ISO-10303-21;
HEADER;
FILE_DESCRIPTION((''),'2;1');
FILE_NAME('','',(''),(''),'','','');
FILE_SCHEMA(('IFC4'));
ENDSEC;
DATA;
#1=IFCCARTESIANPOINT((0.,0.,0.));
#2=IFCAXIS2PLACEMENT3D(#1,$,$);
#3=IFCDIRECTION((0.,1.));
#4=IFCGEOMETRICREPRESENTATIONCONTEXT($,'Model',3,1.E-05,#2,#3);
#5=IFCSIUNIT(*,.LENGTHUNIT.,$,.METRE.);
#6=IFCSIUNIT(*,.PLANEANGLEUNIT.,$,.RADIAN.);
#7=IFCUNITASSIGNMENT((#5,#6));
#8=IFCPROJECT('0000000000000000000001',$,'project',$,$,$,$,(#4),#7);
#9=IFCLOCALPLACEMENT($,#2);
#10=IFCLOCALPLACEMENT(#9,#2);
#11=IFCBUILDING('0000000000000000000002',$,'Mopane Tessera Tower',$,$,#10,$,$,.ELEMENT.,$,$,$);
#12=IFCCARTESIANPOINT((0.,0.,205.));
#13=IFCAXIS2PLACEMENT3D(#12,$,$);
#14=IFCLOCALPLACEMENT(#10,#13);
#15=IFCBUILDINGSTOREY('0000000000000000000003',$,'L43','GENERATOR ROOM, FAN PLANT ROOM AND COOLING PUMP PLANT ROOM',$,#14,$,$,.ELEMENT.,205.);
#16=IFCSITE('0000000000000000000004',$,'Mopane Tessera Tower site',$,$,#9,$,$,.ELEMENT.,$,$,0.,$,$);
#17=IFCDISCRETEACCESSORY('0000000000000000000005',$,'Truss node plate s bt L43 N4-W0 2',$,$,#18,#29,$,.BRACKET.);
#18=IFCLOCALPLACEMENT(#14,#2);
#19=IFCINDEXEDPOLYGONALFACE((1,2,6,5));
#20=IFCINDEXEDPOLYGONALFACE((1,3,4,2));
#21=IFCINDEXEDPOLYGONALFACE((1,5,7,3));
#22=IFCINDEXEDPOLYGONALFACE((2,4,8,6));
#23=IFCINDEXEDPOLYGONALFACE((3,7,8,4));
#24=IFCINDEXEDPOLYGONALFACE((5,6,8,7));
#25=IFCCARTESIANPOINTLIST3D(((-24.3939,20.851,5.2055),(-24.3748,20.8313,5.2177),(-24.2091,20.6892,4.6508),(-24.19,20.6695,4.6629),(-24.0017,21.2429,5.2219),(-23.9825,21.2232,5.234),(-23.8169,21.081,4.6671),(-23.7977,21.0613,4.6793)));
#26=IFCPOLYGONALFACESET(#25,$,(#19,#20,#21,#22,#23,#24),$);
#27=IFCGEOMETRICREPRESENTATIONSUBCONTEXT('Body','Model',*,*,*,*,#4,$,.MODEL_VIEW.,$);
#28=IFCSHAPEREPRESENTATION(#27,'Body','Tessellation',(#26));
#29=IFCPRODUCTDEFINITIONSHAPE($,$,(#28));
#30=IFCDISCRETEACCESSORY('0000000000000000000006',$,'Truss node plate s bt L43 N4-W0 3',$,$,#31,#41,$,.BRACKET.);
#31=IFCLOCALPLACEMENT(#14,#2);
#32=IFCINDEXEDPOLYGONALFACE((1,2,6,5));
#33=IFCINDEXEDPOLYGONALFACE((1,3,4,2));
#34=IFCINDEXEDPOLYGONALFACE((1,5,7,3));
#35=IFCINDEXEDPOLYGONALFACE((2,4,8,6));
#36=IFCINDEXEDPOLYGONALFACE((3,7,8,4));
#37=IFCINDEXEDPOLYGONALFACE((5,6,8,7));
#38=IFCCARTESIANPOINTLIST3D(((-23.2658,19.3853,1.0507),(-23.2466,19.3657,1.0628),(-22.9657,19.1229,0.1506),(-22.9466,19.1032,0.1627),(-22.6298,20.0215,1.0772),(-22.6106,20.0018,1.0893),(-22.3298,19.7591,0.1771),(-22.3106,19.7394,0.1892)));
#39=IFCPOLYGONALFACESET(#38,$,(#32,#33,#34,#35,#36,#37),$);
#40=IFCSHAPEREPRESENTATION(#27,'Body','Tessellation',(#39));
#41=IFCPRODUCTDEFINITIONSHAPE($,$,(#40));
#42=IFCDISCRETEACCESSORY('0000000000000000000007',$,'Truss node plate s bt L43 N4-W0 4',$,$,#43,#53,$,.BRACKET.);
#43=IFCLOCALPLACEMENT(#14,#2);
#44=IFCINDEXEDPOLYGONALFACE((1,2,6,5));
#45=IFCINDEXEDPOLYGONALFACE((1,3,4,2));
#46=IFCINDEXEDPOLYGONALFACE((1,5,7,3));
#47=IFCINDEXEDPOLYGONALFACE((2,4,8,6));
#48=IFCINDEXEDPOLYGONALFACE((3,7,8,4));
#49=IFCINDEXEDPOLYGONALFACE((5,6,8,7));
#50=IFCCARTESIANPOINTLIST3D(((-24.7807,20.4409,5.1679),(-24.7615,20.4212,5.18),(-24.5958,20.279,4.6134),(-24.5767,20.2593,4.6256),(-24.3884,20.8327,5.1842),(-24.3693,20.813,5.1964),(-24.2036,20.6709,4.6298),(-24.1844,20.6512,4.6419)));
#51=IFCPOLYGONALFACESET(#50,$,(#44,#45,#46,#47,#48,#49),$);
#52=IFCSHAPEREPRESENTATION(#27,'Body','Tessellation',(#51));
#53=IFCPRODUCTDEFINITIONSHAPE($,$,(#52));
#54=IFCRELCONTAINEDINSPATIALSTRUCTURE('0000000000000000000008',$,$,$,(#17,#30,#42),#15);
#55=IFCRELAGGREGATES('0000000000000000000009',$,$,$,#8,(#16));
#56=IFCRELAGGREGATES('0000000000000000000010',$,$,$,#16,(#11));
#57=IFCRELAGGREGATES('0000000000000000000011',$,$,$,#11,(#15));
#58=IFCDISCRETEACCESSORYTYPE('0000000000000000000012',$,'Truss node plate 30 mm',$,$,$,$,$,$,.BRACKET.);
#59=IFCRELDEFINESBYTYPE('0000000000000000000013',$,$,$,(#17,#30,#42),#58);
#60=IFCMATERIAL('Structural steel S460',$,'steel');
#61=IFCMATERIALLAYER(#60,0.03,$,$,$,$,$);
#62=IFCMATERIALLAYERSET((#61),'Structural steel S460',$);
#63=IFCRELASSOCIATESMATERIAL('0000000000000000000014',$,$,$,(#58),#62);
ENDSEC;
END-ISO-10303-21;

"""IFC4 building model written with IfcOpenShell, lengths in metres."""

from ifc_helpers import new_model, si_unit, direction, frame, origin, origin_2d, place, context, subcontext, project, spatial, rectangle, extrude, material, layer, layer_set, type_object, element, save


model = new_model("IFC4")

# Units and contexts
model_context = context("Model", 3, precision=1e-05, world=origin(), true_north=direction((0.0, 1.0)))
body_context = subcontext(model_context, "Body", "Model", "MODEL_VIEW")
ifc_project = project(units=[si_unit("LENGTHUNIT", "METRE"), si_unit("PLANEANGLEUNIT", "RADIAN")], contexts=[model_context])

# Site, building, storey
site_placement = place(None, origin())
site = spatial("IfcSite", under=ifc_project, at=site_placement, Name="Mopane Tessera Tower site", CompositionType="ELEMENT", RefElevation=0.0)
building_placement = place(site_placement, origin())
building = spatial("IfcBuilding", under=site, at=building_placement, Name="Mopane Tessera Tower", CompositionType="ELEMENT")
storey_placement = place(building_placement, frame((0.0, 0.0, 205.0)))
storey = spatial("IfcBuildingStorey", under=building, at=storey_placement, Name="L43", Description="GENERATOR ROOM, FAN PLANT ROOM AND COOLING PUMP PLANT ROOM", CompositionType="ELEMENT", Elevation=205.0)

# Discrete accessories
ifc_material_1 = material(Name="Structural steel S460", Category="steel")
ifc_layer_1 = layer(ifc_material_1, 0.03)
ifc_layer_set_1 = layer_set([ifc_layer_1], Name="Structural steel S460")
discrete_accessory_type_1 = type_object("IfcDiscreteAccessoryType", Name="Truss node plate 30 mm", PredefinedType="BRACKET", material=ifc_layer_set_1)
discrete_accessory_1_placement = place(storey_placement, frame((-24.0034, 20.8752, 4.665), z_axis=(-0.304643, 0.266814, 0.914332), x_axis=(0.63809, -0.655524, 0.403894)))
element("IfcDiscreteAccessory", 1, at=discrete_accessory_1_placement, inside=storey, type_object=discrete_accessory_type_1, Name="Truss node plate s bt L43 N4-W0 2", PredefinedType="BRACKET", context=body_context, shape_type="SweptSolid", body=[
    extrude(rectangle(XDim=0.03, YDim=0.5547, at=origin_2d()), origin(), (0.0, 0.0, 1.0), 0.6067),
])
discrete_accessory_2_placement = place(storey_placement, frame((-22.6382, 19.4312, 0.1699), z_axis=(-0.304783, 0.266592, 0.91435), x_axis=(0.638523, -0.655127, 0.403853)))
element("IfcDiscreteAccessory", 2, at=discrete_accessory_2_placement, inside=storey, type_object=discrete_accessory_type_1, Name="Truss node plate s bt L43 N4-W0 3", PredefinedType="BRACKET", context=body_context, shape_type="SweptSolid", body=[
    extrude(rectangle(XDim=0.03, YDim=0.8999, at=origin_2d()), origin(), (0.0, 0.0, 1.0), 0.9844),
])
discrete_accessory_3_placement = place(storey_placement, frame((-24.3901, 20.4651, 4.6277), z_axis=(-0.304755, 0.266912, 0.914266), x_axis=(0.63804, -0.65548, 0.404042)))
element("IfcDiscreteAccessory", 3, at=discrete_accessory_3_placement, inside=storey, type_object=discrete_accessory_type_1, Name="Truss node plate s bt L43 N4-W0 4", PredefinedType="BRACKET", context=body_context, shape_type="SweptSolid", body=[
    extrude(rectangle(XDim=0.03, YDim=0.5547, at=origin_2d()), origin(), (0.0, 0.0, 1.0), 0.6064),
])

save(model, "model.ifc")
